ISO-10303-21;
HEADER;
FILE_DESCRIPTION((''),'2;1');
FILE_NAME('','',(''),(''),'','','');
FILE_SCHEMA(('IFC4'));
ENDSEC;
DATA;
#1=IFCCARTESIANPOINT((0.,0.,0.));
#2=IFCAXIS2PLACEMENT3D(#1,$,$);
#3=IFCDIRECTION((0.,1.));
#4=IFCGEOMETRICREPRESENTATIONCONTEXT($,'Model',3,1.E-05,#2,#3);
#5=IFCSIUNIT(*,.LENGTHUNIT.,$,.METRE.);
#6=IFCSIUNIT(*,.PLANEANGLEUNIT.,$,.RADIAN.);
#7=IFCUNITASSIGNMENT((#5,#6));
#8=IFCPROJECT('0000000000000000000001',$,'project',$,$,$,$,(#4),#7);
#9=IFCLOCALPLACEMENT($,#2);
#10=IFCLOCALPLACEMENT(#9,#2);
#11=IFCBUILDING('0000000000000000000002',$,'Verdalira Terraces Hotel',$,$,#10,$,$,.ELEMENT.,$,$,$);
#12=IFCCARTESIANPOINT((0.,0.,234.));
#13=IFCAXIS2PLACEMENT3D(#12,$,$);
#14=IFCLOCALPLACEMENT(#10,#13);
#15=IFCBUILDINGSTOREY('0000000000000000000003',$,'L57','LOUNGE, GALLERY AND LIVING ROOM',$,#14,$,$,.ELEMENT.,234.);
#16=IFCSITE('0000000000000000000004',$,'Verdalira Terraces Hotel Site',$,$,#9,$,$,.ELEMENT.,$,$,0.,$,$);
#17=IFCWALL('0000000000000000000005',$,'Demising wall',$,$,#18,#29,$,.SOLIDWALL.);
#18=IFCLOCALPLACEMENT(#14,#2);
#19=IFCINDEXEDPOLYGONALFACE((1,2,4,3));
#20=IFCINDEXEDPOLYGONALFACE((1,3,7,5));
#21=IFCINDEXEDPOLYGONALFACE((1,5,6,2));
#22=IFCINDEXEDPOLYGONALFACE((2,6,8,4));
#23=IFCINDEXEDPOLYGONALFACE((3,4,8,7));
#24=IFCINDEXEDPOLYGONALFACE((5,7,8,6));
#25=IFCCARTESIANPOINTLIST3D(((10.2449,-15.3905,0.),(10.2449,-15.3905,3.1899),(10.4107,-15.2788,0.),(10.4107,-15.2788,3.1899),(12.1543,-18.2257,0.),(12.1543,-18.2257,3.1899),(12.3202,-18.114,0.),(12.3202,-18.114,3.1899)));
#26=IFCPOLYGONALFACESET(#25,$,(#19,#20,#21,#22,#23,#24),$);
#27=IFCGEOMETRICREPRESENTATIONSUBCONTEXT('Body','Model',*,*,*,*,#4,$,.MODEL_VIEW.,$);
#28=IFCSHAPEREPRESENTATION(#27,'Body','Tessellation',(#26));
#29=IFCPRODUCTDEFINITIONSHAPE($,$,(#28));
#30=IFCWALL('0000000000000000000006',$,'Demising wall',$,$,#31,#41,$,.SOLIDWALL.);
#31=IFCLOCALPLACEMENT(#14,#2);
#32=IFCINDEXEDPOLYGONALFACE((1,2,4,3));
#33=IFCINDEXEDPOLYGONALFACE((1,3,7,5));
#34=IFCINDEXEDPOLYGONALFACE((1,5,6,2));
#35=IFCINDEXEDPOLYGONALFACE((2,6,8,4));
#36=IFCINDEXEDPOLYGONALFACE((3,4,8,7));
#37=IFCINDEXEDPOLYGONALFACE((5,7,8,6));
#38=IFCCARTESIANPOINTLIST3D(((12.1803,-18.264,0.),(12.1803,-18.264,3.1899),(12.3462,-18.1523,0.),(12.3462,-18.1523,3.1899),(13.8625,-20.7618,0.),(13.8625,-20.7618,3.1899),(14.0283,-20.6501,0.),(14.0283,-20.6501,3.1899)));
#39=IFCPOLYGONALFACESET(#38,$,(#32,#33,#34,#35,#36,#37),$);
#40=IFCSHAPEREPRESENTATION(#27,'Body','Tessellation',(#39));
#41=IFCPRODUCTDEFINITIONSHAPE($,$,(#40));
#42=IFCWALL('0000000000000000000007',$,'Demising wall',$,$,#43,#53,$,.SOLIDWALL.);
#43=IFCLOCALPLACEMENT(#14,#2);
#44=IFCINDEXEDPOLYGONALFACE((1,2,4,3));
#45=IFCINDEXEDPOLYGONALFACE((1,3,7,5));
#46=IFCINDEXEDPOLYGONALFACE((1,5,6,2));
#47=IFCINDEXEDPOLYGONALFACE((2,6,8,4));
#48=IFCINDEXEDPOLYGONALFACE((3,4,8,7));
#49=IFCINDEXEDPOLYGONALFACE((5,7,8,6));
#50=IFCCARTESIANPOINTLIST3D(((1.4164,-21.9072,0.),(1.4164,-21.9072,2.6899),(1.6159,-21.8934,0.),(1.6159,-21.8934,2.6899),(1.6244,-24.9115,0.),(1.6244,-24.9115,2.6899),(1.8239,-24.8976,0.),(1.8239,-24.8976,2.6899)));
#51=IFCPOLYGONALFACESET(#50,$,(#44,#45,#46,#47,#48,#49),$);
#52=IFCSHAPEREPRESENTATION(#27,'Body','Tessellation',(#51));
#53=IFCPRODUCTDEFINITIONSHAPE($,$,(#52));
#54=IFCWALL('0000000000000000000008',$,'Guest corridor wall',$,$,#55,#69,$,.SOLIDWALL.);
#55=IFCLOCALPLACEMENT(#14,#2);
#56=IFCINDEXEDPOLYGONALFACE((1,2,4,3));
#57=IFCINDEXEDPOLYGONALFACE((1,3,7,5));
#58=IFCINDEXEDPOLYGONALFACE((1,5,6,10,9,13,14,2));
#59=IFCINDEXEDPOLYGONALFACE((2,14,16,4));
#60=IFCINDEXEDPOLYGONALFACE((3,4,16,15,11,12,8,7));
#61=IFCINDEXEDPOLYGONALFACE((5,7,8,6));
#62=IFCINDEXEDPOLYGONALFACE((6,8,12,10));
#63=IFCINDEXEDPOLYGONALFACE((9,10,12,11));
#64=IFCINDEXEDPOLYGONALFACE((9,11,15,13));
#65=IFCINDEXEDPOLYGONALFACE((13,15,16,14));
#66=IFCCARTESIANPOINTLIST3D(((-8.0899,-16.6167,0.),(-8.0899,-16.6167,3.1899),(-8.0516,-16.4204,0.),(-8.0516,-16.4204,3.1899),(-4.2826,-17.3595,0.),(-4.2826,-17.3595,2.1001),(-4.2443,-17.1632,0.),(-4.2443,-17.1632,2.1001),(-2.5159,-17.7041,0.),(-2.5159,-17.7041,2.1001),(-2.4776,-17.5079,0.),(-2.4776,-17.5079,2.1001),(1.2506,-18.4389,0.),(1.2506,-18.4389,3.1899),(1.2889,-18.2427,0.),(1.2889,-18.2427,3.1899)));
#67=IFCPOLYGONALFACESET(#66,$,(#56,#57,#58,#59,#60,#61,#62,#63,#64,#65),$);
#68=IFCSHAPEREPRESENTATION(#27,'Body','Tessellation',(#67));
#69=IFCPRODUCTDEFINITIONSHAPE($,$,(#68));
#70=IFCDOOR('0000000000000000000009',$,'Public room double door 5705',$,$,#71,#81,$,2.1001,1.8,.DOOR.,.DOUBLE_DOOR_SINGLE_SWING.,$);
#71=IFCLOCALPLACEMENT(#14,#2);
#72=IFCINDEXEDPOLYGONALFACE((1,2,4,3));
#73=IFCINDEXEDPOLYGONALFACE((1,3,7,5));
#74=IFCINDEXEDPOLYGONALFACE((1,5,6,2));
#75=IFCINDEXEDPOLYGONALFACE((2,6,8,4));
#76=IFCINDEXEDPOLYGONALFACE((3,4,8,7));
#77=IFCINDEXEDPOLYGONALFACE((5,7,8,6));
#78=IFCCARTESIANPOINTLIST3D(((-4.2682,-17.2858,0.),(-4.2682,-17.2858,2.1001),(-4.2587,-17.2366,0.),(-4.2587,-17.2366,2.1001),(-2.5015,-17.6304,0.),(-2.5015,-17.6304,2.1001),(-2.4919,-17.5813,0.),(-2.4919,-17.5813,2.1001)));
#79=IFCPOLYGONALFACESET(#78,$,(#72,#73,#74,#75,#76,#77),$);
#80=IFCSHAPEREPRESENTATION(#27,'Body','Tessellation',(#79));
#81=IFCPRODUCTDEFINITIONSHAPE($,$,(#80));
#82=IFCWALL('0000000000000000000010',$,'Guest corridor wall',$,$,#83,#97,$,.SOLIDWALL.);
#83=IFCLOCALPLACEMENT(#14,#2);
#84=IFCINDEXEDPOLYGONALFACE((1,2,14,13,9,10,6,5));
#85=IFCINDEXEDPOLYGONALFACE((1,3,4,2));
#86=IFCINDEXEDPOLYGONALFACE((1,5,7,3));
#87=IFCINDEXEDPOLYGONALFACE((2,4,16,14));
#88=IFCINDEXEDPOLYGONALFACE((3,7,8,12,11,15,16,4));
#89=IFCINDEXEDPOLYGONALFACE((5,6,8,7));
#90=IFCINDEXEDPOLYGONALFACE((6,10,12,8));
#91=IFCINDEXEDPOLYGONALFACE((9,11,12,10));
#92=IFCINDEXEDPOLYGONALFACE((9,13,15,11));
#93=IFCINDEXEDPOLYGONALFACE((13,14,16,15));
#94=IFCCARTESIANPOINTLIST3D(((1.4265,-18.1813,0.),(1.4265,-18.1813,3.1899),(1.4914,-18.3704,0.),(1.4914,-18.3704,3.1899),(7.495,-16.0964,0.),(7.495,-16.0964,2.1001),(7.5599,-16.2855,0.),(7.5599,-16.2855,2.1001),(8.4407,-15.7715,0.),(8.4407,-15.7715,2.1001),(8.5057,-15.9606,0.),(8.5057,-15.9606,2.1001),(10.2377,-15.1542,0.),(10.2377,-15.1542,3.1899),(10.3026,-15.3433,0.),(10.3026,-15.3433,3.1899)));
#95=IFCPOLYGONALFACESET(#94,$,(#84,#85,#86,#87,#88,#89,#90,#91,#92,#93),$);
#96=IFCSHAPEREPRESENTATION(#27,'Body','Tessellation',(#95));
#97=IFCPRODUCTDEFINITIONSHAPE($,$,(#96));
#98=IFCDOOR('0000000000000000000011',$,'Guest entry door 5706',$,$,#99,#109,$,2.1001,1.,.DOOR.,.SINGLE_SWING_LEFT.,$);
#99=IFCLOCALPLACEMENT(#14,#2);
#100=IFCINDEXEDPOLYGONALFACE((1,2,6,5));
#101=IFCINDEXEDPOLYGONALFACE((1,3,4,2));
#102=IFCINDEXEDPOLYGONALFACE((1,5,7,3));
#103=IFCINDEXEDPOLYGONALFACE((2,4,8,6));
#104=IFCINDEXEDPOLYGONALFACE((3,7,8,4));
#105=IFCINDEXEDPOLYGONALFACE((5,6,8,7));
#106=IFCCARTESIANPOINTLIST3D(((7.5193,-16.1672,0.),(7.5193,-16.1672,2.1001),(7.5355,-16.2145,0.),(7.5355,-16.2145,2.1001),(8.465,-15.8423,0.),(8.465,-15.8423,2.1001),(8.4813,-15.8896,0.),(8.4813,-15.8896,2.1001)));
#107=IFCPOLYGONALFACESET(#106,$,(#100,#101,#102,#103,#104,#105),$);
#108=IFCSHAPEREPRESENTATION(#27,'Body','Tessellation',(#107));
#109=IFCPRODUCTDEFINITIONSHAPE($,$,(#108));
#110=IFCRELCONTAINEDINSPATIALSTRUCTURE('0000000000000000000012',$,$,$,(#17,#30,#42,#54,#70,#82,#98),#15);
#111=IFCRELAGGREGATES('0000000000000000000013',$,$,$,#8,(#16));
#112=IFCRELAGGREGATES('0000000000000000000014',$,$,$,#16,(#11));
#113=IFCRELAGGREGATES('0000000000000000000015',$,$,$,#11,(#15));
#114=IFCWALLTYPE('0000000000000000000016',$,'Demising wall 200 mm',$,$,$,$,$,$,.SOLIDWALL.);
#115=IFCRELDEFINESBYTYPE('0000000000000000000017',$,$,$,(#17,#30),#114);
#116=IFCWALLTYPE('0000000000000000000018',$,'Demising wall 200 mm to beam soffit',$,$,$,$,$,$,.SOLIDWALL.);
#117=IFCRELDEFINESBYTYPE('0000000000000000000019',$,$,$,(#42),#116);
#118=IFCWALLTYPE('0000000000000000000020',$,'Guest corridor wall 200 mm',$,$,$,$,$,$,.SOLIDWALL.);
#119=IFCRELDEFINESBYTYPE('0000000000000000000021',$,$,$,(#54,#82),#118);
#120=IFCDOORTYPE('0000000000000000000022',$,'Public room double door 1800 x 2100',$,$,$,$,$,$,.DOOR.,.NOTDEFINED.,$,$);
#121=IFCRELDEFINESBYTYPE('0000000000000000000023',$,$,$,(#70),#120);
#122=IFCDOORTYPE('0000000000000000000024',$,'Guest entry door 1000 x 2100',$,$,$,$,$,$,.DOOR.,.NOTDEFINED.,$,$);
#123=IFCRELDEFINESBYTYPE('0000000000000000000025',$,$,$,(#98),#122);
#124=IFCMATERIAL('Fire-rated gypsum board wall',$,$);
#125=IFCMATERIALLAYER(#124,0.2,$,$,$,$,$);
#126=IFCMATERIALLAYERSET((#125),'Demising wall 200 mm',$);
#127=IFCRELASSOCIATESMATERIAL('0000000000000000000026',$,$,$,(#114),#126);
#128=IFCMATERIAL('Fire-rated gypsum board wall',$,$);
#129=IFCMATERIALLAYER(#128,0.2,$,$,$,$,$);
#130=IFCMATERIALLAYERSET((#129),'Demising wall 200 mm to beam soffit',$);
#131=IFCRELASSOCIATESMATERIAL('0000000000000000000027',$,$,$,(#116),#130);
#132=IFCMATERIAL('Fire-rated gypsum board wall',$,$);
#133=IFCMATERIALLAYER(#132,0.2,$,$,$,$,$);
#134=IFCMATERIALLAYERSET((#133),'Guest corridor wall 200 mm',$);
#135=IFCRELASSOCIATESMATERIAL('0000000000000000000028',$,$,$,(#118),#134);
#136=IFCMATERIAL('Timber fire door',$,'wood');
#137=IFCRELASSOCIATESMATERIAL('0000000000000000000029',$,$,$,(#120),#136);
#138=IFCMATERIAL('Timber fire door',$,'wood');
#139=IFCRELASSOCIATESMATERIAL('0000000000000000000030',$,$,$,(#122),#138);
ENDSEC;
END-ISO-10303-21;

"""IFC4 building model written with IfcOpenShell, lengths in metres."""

from ifc_helpers import new_model, si_unit, direction, frame, frame_2d, origin, place, context, subcontext, project, spatial, rectangle, extrude, material, layer, layer_set, type_object, element, fill, save


model = new_model("IFC4")

# Units and contexts
model_context = context("Model", 3, precision=1e-05, world=origin(), true_north=direction((0.0, 1.0)))
body_context = subcontext(model_context, "Body", "Model", "MODEL_VIEW")
ifc_project = project(units=[si_unit("LENGTHUNIT", "METRE"), si_unit("PLANEANGLEUNIT", "RADIAN")], contexts=[model_context])

# Site, building, storey
site_placement = place(None, origin())
site = spatial("IfcSite", under=ifc_project, at=site_placement, Name="Verdalira Terraces Hotel Site", CompositionType="ELEMENT", RefElevation=0.0)
building_placement = place(site_placement, origin())
building = spatial("IfcBuilding", under=site, at=building_placement, Name="Verdalira Terraces Hotel", CompositionType="ELEMENT")
storey_placement = place(building_placement, frame((0.0, 0.0, 234.0)))
storey = spatial("IfcBuildingStorey", under=building, at=storey_placement, Name="L57", Description="LOUNGE, GALLERY AND LIVING ROOM", CompositionType="ELEMENT", Elevation=234.0)

# Walls
ifc_material_1 = material(Name="Fire-rated gypsum board wall")
ifc_layer_1 = layer(ifc_material_1, 0.2)
ifc_layer_set_1 = layer_set([ifc_layer_1], Name="Demising wall 200 mm")
wall_type_1 = type_object("IfcWallType", Name="Demising wall 200 mm", PredefinedType="SOLIDWALL", material=ifc_layer_set_1)
wall_1_placement = place(storey_placement, frame((10.3279, -15.3347, 0.0), z_axis=(0.0, 0.0, 1.0), x_axis=(0.5586, -0.829437, 0.0)))
element("IfcWall", 1, at=wall_1_placement, inside=storey, type_object=wall_type_1, Name="Demising wall", PredefinedType="SOLIDWALL", context=body_context, shape_type="SweptSolid", body=[
    extrude(rectangle(XDim=3.4182, YDim=0.2, at=frame_2d((1.709, 0.0))), origin(), (0.0, 0.0, 1.0), 3.1899),
])
wall_2_placement = place(storey_placement, frame((12.2632, -18.208, 0.0), z_axis=(0.0, 0.0, 1.0), x_axis=(0.558586, -0.829447, 0.0)))
element("IfcWall", 2, at=wall_2_placement, inside=storey, type_object=wall_type_1, Name="Demising wall", PredefinedType="SOLIDWALL", context=body_context, shape_type="SweptSolid", body=[
    extrude(rectangle(XDim=3.0115, YDim=0.2, at=frame_2d((1.5059, 0.0))), origin(), (0.0, 0.0, 1.0), 3.1899),
])
ifc_material_2 = material(Name="Fire-rated gypsum board wall")
ifc_layer_2 = layer(ifc_material_2, 0.2)
ifc_layer_set_2 = layer_set([ifc_layer_2], Name="Demising wall 200 mm to beam soffit")
wall_type_2 = type_object("IfcWallType", Name="Demising wall 200 mm to beam soffit", PredefinedType="SOLIDWALL", material=ifc_layer_set_2)
wall_3_placement = place(storey_placement, frame((1.5161, -21.9001, 0.0), z_axis=(0.0, 0.0, 1.0), x_axis=(0.069069, -0.997612, 0.0)))
element("IfcWall", 3, at=wall_3_placement, inside=storey, type_object=wall_type_2, Name="Demising wall", PredefinedType="SOLIDWALL", context=body_context, shape_type="SweptSolid", body=[
    extrude(rectangle(XDim=3.0115, YDim=0.2, at=frame_2d((1.5059, 0.0))), origin(), (0.0, 0.0, 1.0), 2.6899),
])

# Walls, openings, doors
ifc_material_3 = material(Name="Fire-rated gypsum board wall")
ifc_layer_3 = layer(ifc_material_3, 0.2)
ifc_layer_set_3 = layer_set([ifc_layer_3], Name="Guest corridor wall 200 mm")
wall_type_3 = type_object("IfcWallType", Name="Guest corridor wall 200 mm", PredefinedType="SOLIDWALL", material=ifc_layer_set_3)
wall_4_placement = place(storey_placement, frame((1.2698, -18.3408, 0.0), z_axis=(0.0, 0.0, 1.0), x_axis=(-0.981496, 0.191481, 0.0)))
wall_4 = element("IfcWall", 4, at=wall_4_placement, inside=storey, type_object=wall_type_3, Name="Guest corridor wall", PredefinedType="SOLIDWALL", context=body_context, shape_type="SweptSolid", body=[
    extrude(rectangle(XDim=9.5166, YDim=0.2, at=frame_2d((4.7583, 0.0))), origin(), (0.0, 0.0, 1.0), 3.1899),
])
opening_1_placement = place(wall_4_placement, frame((3.8376, 0.0, 0.0)))
opening_1 = element("IfcOpeningElement", 5, at=opening_1_placement, cuts=wall_4, PredefinedType="OPENING", context=body_context, shape_type="SweptSolid", body=[
    extrude(rectangle(XDim=1.8, YDim=2.1001, at=frame_2d((0.8999, 1.05))), frame((0.0, 0.1099, 0.0), z_axis=(0.0, -1.0, 0.0), x_axis=(1.0, 0.0, 0.0)), (0.0, 0.0, 1.0), 0.22),
])
ifc_material_4 = material(Name="Timber fire door", Category="wood")
door_type_1 = type_object("IfcDoorType", Name="Public room double door 1800 x 2100", OperationType="NOTDEFINED", PredefinedType="DOOR", material=ifc_material_4)
door_1_placement = place(opening_1_placement, origin())
door_1 = element("IfcDoor", 6, at=door_1_placement, inside=storey, type_object=door_type_1, Name="Public room double door 5705", OperationType="DOUBLE_DOOR_SINGLE_SWING", OverallHeight=2.1001, OverallWidth=1.8, PredefinedType="DOOR", context=body_context, shape_type="SweptSolid", body=[
    extrude(rectangle(XDim=1.8, YDim=2.1001, at=frame_2d((0.8999, 1.05))), frame((0.0, 0.0249, 0.0), z_axis=(0.0, -1.0, 0.0), x_axis=(1.0, 0.0, 0.0)), (0.0, 0.0, 1.0), 0.05),
])
fill(opening_1, door_1)
wall_5_placement = place(storey_placement, frame((10.27, -15.2488, 0.0), z_axis=(0.0, 0.0, 1.0), x_axis=(-0.945745, -0.324909, 0.0)))
wall_5 = element("IfcWall", 7, at=wall_5_placement, inside=storey, type_object=wall_type_3, Name="Guest corridor wall", PredefinedType="SOLIDWALL", context=body_context, shape_type="SweptSolid", body=[
    extrude(rectangle(XDim=9.3166, YDim=0.2, at=frame_2d((4.6582, 0.0))), origin(), (0.0, 0.0, 1.0), 3.1899),
])
opening_2_placement = place(wall_5_placement, frame((1.8999, 0.0, 0.0)))
opening_2 = element("IfcOpeningElement", 8, at=opening_2_placement, cuts=wall_5, PredefinedType="OPENING", context=body_context, shape_type="SweptSolid", body=[
    extrude(rectangle(XDim=1.0, YDim=2.1001, at=frame_2d((0.5, 1.05))), frame((0.0, 0.1099, 0.0), z_axis=(0.0, -1.0, 0.0), x_axis=(1.0, 0.0, 0.0)), (0.0, 0.0, 1.0), 0.22),
])
ifc_material_5 = material(Name="Timber fire door", Category="wood")
door_type_2 = type_object("IfcDoorType", Name="Guest entry door 1000 x 2100", OperationType="NOTDEFINED", PredefinedType="DOOR", material=ifc_material_5)
door_2_placement = place(opening_2_placement, origin())
door_2 = element("IfcDoor", 9, at=door_2_placement, inside=storey, type_object=door_type_2, Name="Guest entry door 5706", OperationType="SINGLE_SWING_LEFT", OverallHeight=2.1001, OverallWidth=1.0, PredefinedType="DOOR", context=body_context, shape_type="SweptSolid", body=[
    extrude(rectangle(XDim=1.0, YDim=2.1001, at=frame_2d((0.5, 1.05))), frame((0.0, 0.0249, 0.0), z_axis=(0.0, -1.0, 0.0), x_axis=(1.0, 0.0, 0.0)), (0.0, 0.0, 1.0), 0.05),
])
fill(opening_2, door_2)

save(model, "model.ifc")
